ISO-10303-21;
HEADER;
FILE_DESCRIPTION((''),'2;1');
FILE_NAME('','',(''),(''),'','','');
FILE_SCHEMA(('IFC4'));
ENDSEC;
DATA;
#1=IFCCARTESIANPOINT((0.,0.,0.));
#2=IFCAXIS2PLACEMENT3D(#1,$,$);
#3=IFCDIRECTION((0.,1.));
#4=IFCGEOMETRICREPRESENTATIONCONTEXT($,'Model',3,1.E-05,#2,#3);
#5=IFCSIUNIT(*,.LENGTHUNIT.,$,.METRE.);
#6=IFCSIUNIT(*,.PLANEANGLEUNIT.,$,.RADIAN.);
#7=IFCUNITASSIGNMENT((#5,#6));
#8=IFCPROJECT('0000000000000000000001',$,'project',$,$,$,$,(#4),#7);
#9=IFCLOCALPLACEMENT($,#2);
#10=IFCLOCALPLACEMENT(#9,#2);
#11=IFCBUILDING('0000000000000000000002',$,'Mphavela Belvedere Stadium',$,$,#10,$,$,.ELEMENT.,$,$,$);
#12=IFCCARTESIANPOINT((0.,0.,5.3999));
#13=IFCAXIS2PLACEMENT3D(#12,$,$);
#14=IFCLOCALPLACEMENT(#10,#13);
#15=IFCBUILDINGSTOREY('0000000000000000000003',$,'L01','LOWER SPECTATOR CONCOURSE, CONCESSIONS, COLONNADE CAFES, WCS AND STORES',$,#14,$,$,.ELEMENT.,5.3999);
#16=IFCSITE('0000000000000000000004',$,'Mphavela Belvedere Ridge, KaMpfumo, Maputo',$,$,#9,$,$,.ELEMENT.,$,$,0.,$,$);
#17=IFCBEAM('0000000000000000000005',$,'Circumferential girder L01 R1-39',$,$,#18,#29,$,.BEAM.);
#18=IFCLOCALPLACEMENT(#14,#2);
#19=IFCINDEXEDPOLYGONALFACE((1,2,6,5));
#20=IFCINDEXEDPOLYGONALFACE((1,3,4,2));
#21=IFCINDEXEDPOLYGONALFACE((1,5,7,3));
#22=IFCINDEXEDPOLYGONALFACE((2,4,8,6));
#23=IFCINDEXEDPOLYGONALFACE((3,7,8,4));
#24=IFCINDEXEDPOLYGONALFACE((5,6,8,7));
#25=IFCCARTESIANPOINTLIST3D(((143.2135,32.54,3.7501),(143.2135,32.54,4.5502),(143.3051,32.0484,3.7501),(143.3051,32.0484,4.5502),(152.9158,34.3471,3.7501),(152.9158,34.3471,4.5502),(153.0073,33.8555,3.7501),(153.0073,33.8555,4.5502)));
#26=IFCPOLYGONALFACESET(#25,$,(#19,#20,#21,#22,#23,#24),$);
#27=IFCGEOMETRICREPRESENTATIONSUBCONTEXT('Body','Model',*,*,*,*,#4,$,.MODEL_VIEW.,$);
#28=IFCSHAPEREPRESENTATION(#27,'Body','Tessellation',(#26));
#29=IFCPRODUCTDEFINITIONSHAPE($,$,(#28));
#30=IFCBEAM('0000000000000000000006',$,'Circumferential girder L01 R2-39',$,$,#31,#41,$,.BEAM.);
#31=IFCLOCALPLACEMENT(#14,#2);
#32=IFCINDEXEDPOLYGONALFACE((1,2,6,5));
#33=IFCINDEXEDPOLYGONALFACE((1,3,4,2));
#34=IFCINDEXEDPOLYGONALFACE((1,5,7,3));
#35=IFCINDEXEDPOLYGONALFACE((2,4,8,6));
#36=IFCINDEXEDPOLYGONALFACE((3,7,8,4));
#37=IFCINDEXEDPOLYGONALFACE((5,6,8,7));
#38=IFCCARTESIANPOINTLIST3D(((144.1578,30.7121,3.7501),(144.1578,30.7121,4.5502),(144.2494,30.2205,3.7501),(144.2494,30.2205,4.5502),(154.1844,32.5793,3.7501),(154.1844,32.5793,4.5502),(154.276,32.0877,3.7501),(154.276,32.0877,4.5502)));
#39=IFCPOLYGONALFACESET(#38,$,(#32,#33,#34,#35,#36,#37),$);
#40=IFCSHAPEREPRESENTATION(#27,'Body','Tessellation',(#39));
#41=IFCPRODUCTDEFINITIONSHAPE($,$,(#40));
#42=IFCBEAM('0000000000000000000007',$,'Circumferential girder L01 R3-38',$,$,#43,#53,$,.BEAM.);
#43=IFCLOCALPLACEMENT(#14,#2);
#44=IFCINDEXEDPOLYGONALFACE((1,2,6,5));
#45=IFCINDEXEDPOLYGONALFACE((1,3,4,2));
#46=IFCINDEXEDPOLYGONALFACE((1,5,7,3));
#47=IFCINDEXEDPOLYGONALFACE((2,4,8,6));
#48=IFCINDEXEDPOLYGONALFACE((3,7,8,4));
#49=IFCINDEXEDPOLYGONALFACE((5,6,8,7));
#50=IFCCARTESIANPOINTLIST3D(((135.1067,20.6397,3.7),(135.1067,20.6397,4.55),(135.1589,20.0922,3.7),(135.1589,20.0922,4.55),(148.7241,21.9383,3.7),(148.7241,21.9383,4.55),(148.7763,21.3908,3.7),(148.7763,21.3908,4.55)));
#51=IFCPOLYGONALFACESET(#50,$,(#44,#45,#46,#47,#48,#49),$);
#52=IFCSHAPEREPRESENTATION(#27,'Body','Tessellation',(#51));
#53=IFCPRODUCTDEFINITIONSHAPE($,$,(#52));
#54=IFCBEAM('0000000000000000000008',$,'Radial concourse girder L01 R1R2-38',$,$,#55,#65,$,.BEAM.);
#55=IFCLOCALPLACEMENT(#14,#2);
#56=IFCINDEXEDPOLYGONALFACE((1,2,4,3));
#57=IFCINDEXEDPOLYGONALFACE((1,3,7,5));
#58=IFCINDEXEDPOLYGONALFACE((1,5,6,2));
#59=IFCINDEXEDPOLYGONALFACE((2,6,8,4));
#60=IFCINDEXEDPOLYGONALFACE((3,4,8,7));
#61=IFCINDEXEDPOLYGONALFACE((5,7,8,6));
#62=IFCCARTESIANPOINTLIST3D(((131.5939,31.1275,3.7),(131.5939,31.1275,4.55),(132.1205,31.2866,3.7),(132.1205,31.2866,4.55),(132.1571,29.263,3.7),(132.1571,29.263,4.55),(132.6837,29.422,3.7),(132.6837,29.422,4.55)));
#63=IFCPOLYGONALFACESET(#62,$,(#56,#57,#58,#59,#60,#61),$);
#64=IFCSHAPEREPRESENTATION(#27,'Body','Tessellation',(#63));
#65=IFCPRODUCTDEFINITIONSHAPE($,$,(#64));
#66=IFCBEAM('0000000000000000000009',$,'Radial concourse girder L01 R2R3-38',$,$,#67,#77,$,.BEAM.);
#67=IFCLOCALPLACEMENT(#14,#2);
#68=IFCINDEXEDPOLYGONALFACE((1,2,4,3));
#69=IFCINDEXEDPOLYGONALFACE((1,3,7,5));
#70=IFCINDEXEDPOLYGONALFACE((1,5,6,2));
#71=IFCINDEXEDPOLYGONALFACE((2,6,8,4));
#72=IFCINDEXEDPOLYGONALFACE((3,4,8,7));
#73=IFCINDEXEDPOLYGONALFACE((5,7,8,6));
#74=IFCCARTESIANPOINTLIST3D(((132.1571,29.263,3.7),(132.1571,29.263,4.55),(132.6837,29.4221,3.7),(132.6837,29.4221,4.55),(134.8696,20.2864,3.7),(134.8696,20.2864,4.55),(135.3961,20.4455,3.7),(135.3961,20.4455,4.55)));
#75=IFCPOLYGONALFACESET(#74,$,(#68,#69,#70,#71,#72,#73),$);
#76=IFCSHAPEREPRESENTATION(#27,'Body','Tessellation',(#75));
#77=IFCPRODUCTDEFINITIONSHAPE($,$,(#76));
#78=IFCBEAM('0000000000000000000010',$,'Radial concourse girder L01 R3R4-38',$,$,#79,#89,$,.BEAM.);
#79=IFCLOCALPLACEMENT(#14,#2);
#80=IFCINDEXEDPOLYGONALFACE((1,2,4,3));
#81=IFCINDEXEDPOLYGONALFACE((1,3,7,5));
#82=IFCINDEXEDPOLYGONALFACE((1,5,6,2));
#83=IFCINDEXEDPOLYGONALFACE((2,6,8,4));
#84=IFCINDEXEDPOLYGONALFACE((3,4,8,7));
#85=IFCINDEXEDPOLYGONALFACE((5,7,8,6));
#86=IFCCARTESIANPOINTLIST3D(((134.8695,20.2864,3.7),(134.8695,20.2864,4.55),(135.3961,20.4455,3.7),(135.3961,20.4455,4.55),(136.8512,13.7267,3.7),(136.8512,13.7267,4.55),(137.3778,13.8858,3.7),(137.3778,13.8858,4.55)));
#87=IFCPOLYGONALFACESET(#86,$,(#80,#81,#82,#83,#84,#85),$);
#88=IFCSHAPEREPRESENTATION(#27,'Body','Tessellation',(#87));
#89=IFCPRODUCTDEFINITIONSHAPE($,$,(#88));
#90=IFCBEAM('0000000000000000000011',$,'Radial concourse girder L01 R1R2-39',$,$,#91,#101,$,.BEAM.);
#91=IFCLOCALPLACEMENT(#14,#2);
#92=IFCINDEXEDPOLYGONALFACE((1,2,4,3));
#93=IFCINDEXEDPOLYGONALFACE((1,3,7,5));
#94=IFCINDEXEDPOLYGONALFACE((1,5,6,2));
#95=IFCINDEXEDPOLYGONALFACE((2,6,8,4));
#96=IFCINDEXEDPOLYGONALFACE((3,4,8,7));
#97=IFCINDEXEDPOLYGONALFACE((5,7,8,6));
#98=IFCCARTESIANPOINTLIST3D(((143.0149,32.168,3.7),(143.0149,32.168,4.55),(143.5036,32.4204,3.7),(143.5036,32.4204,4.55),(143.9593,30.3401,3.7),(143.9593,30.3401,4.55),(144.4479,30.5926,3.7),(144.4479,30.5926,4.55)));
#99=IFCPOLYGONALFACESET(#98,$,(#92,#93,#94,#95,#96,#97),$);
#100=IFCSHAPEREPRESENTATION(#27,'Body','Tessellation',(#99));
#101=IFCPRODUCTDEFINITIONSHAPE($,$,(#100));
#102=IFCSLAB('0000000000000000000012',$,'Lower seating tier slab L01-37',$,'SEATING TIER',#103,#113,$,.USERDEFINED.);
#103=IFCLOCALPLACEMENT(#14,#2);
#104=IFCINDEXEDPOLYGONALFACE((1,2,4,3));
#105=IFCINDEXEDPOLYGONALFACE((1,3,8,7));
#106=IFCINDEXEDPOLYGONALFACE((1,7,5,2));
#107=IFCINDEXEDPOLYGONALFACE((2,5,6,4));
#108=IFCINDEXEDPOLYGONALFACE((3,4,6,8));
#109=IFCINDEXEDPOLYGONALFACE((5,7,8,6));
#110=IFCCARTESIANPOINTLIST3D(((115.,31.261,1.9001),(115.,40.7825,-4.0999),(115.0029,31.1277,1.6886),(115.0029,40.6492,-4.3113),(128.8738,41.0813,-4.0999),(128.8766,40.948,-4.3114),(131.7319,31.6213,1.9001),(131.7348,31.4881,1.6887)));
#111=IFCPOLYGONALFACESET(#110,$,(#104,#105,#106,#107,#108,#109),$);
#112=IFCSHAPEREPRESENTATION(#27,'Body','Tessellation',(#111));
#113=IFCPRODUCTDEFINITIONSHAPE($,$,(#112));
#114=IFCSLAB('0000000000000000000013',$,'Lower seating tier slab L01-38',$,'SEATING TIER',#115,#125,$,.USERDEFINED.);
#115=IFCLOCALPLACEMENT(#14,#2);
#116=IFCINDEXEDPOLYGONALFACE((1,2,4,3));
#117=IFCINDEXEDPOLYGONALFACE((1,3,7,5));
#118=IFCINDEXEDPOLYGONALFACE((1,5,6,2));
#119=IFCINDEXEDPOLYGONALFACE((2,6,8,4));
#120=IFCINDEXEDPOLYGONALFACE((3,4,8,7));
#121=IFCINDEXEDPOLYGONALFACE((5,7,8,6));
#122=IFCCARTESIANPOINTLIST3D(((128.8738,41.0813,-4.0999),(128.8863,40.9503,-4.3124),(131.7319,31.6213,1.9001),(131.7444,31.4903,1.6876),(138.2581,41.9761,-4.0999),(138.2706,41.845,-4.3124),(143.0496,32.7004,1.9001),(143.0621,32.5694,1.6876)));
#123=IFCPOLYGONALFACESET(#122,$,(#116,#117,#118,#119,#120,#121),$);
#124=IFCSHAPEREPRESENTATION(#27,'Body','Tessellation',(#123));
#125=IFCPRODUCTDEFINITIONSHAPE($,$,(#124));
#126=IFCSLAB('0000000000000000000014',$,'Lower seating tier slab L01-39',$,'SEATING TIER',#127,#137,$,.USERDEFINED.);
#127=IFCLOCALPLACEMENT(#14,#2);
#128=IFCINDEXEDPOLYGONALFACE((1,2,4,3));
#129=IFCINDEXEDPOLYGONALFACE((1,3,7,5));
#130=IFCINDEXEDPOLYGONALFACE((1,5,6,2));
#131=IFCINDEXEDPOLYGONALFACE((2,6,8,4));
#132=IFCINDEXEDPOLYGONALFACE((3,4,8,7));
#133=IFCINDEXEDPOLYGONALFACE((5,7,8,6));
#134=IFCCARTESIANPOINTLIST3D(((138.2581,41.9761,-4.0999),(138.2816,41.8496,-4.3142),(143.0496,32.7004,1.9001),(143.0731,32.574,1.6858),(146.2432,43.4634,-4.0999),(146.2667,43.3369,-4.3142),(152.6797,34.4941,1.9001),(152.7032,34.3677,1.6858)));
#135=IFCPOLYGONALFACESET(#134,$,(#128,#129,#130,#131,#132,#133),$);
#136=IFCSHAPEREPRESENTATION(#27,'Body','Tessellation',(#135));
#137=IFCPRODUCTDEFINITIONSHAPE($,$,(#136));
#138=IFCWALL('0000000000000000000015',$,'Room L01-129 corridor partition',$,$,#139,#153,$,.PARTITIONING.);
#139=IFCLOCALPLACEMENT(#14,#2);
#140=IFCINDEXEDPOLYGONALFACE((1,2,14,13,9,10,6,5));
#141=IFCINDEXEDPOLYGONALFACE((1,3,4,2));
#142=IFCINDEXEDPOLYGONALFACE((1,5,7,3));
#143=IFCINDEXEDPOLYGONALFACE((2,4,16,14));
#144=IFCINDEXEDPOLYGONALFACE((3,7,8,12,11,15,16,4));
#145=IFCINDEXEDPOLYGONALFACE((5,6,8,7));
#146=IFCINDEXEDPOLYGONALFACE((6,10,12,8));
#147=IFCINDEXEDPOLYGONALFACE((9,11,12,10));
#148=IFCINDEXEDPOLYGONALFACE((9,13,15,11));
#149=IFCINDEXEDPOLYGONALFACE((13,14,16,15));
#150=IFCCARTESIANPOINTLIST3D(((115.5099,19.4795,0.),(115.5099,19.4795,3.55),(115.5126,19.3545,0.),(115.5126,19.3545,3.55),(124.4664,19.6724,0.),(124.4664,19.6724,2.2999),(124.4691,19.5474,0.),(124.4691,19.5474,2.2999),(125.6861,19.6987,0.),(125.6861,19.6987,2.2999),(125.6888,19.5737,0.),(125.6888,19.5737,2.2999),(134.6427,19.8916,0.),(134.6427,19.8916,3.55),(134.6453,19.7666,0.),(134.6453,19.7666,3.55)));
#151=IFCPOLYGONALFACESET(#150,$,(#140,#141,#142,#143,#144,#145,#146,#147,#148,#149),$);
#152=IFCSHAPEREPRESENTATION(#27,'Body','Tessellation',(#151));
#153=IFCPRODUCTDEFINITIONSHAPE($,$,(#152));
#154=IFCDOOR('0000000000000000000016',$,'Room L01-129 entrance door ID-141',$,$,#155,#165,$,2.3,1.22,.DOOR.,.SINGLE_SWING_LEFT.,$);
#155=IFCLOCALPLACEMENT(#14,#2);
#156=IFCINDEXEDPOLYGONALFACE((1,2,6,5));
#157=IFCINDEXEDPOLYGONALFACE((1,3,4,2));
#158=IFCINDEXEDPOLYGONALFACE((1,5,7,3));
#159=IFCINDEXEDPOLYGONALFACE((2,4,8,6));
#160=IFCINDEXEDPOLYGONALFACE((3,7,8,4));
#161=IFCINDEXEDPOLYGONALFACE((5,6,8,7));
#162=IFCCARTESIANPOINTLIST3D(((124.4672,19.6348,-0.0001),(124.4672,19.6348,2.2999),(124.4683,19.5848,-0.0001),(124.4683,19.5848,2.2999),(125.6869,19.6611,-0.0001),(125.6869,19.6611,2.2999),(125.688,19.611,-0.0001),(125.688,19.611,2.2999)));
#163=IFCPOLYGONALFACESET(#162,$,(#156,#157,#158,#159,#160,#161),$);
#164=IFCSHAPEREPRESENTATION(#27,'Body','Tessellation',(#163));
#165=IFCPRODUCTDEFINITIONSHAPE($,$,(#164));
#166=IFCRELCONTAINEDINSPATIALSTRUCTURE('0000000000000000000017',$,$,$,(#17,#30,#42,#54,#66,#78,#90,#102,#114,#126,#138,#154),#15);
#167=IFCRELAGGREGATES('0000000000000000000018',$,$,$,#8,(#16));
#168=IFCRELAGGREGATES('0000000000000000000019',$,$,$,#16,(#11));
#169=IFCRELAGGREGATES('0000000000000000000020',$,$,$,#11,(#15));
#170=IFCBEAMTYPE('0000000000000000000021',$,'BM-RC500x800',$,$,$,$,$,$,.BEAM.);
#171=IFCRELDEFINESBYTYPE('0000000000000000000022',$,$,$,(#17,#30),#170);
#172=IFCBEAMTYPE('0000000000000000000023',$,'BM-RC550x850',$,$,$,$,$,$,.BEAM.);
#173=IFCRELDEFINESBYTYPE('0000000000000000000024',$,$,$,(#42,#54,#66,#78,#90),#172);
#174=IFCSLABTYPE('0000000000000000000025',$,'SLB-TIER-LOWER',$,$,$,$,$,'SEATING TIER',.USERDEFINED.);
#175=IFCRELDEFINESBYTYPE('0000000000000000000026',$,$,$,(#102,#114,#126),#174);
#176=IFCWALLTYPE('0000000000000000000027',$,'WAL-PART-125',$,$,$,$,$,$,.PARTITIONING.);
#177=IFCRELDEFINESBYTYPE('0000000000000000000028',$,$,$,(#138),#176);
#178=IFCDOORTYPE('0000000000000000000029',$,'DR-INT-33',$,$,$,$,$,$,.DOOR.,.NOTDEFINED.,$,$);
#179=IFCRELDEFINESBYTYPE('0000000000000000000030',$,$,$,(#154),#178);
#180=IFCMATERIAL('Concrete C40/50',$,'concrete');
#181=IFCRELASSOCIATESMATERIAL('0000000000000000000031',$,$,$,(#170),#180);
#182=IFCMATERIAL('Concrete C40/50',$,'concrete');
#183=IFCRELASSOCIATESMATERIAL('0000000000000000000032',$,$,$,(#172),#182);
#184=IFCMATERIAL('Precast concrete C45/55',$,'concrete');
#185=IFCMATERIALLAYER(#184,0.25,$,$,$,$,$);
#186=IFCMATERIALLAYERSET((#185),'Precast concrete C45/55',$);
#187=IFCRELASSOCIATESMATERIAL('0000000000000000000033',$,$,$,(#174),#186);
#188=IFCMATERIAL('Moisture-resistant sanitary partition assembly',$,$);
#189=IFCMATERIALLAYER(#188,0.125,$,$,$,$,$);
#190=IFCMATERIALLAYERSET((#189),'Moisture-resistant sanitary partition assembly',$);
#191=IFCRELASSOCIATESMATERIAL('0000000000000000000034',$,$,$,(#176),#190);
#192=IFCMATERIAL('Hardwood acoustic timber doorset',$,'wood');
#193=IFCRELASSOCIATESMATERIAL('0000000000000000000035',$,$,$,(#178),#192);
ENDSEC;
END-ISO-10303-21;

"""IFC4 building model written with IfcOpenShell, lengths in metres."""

from ifc_helpers import new_model, si_unit, direction, frame, frame_2d, origin, origin_2d, place, context, subcontext, project, spatial, polyline, rectangle, outline, extrude, material, layer, layer_set, material_profile, profile_set, type_object, element, fill, save


model = new_model("IFC4")

# Units and contexts
model_context = context("Model", 3, precision=1e-05, world=origin(), true_north=direction((0.0, 1.0)))
body_context = subcontext(model_context, "Body", "Model", "MODEL_VIEW")
ifc_project = project(units=[si_unit("LENGTHUNIT", "METRE"), si_unit("PLANEANGLEUNIT", "RADIAN")], contexts=[model_context])

# Site, building, storey
site_placement = place(None, origin())
site = spatial("IfcSite", under=ifc_project, at=site_placement, Name="Mphavela Belvedere Ridge, KaMpfumo, Maputo", CompositionType="ELEMENT", RefElevation=0.0)
building_placement = place(site_placement, origin())
building = spatial("IfcBuilding", under=site, at=building_placement, Name="Mphavela Belvedere Stadium", CompositionType="ELEMENT")
storey_placement = place(building_placement, frame((0.0, 0.0, 5.3999)))
storey = spatial("IfcBuildingStorey", under=building, at=storey_placement, Name="L01", Description="LOWER SPECTATOR CONCOURSE, CONCESSIONS, COLONNADE CAFES, WCS AND STORES", CompositionType="ELEMENT", Elevation=5.3999)

# Beams
ifc_material_1 = material(Name="Concrete C40/50", Category="concrete")
ifc_material_profile_1 = material_profile(ifc_material_1, rectangle(XDim=0.5, YDim=0.8, at=origin_2d()), Name="RC 500x800")
ifc_profile_set_1 = profile_set([ifc_material_profile_1], Name="Concrete C40/50")
beam_type_1 = type_object("IfcBeamType", Name="BM-RC500x800", PredefinedType="BEAM", material=ifc_profile_set_1)
beam_1_placement = place(storey_placement, frame((143.2593, 32.2942, 4.1501), z_axis=(0.983093, 0.183107, 0.0), x_axis=(-0.183107, 0.983093, 0.0)))
element("IfcBeam", 1, at=beam_1_placement, inside=storey, type_object=beam_type_1, Name="Circumferential girder L01 R1-39", PredefinedType="BEAM", context=body_context, shape_type="SweptSolid", body=[
    extrude(rectangle(XDim=0.5, YDim=0.8, at=origin_2d()), origin(), (0.0, 0.0, 1.0), 9.8691),
])
beam_2_placement = place(storey_placement, frame((144.2036, 30.4663, 4.1501), z_axis=(0.983099, 0.183076, 0.0), x_axis=(-0.183076, 0.983099, 0.0)))
element("IfcBeam", 2, at=beam_2_placement, inside=storey, type_object=beam_type_1, Name="Circumferential girder L01 R2-39", PredefinedType="BEAM", context=body_context, shape_type="SweptSolid", body=[
    extrude(rectangle(XDim=0.5, YDim=0.8, at=origin_2d()), origin(), (0.0, 0.0, 1.0), 10.199),
])
ifc_material_2 = material(Name="Concrete C40/50", Category="concrete")
ifc_material_profile_2 = material_profile(ifc_material_2, rectangle(XDim=0.55, YDim=0.8501, at=origin_2d()), Name="RC 550x850")
ifc_profile_set_2 = profile_set([ifc_material_profile_2], Name="Concrete C40/50")
beam_type_2 = type_object("IfcBeamType", Name="BM-RC550x850", PredefinedType="BEAM", material=ifc_profile_set_2)
beam_3_placement = place(storey_placement, frame((135.1328, 20.366, 4.125), z_axis=(0.995484, 0.094931, 0.0), x_axis=(-0.094931, 0.995484, 0.0)))
element("IfcBeam", 3, at=beam_3_placement, inside=storey, type_object=beam_type_2, Name="Circumferential girder L01 R3-38", PredefinedType="BEAM", context=body_context, shape_type="SweptSolid", body=[
    extrude(rectangle(XDim=0.55, YDim=0.8501, at=origin_2d()), origin(), (0.0, 0.0, 1.0), 13.6792),
])
beam_4_placement = place(storey_placement, frame((131.8572, 31.207, 4.125), z_axis=(0.289176, -0.957276, 0.0), x_axis=(0.957276, 0.289176, 0.0)))
element("IfcBeam", 4, at=beam_4_placement, inside=storey, type_object=beam_type_2, Name="Radial concourse girder L01 R1R2-38", PredefinedType="BEAM", context=body_context, shape_type="SweptSolid", body=[
    extrude(rectangle(XDim=0.55, YDim=0.8501, at=origin_2d()), origin(), (0.0, 0.0, 1.0), 1.9478),
])
beam_5_placement = place(storey_placement, frame((132.4204, 29.3425, 4.125), z_axis=(0.289249, -0.957254, 0.0), x_axis=(0.957254, 0.289249, 0.0)))
element("IfcBeam", 5, at=beam_5_placement, inside=storey, type_object=beam_type_2, Name="Radial concourse girder L01 R2R3-38", PredefinedType="BEAM", context=body_context, shape_type="SweptSolid", body=[
    extrude(rectangle(XDim=0.55, YDim=0.8501, at=origin_2d()), origin(), (0.0, 0.0, 1.0), 9.3774),
])
beam_6_placement = place(storey_placement, frame((135.1328, 20.366, 4.125), z_axis=(0.289188, -0.957272, 0.0), x_axis=(0.957272, 0.289188, 0.0)))
element("IfcBeam", 6, at=beam_6_placement, inside=storey, type_object=beam_type_2, Name="Radial concourse girder L01 R3R4-38", PredefinedType="BEAM", context=body_context, shape_type="SweptSolid", body=[
    extrude(rectangle(XDim=0.55, YDim=0.8501, at=origin_2d()), origin(), (0.0, 0.0, 1.0), 6.8525),
])
beam_7_placement = place(storey_placement, frame((143.2593, 32.2942, 4.125), z_axis=(0.458994, -0.88844, 0.0), x_axis=(0.88844, 0.458994, 0.0)))
element("IfcBeam", 7, at=beam_7_placement, inside=storey, type_object=beam_type_2, Name="Radial concourse girder L01 R1R2-39", PredefinedType="BEAM", context=body_context, shape_type="SweptSolid", body=[
    extrude(rectangle(XDim=0.55, YDim=0.8501, at=origin_2d()), origin(), (0.0, 0.0, 1.0), 2.0574),
])

# Slabs
ifc_material_3 = material(Name="Precast concrete C45/55", Category="concrete")
ifc_layer_1 = layer(ifc_material_3, 0.25)
ifc_layer_set_1 = layer_set([ifc_layer_1], Name="Precast concrete C45/55")
slab_type = type_object("IfcSlabType", Name="SLB-TIER-LOWER", ElementType="SEATING TIER", PredefinedType="USERDEFINED", material=ifc_layer_set_1)
slab_1_placement = place(storey_placement, frame((115.0, 40.7825, -4.0999), z_axis=(-0.011482, 0.533095, 0.845977), x_axis=(0.999768, 0.021534, -0.000001)))
element("IfcSlab", 8, at=slab_1_placement, inside=storey, type_object=slab_type, Name="Lower seating tier slab L01-37", ObjectType="SEATING TIER", PredefinedType="USERDEFINED", context=body_context, shape_type="SweptSolid", body=[
    extrude(outline(polyline([(0.0, 0.0), (13.877, 0.0), (16.5308, -11.2524), (-0.205, -11.2524), (0.0, 0.0)])), origin(), (0.0, 0.0, -1.0), 0.25),
])
slab_2_placement = place(storey_placement, frame((128.8738, 41.0813, -4.0999), z_axis=(-0.049974, 0.524125, 0.850174), x_axis=(0.995485, 0.094918, 0.0)))
element("IfcSlab", 9, at=slab_2_placement, inside=storey, type_object=slab_type, Name="Lower seating tier slab L01-38", ObjectType="SEATING TIER", PredefinedType="USERDEFINED", context=body_context, shape_type="SweptSolid", body=[
    extrude(outline(polyline([(0.0, 0.0), (9.4268, 0.0), (13.3163, -11.396), (1.9473, -11.396), (0.0, 0.0)])), origin(), (0.0, 0.0, -1.0), 0.25),
])
slab_3_placement = place(storey_placement, frame((138.2581, 41.9761, -4.0999), z_axis=(-0.094236, 0.505939, 0.857406), x_axis=(0.983092, 0.183111, 0.0)))
element("IfcSlab", 10, at=slab_3_placement, inside=storey, type_object=slab_type, Name="Lower seating tier slab L01-39", ObjectType="SEATING TIER", PredefinedType="USERDEFINED", context=body_context, shape_type="SweptSolid", body=[
    extrude(outline(polyline([(0.0, 0.0), (8.1224, 0.0), (12.8078, -11.6586), (3.012, -11.6586), (0.0, 0.0)])), origin(), (0.0, 0.0, -1.0), 0.25),
])

# Wall, opening, door
ifc_material_4 = material(Name="Moisture-resistant sanitary partition assembly")
ifc_layer_2 = layer(ifc_material_4, 0.125)
ifc_layer_set_2 = layer_set([ifc_layer_2], Name="Moisture-resistant sanitary partition assembly")
wall_type_1 = type_object("IfcWallType", Name="WAL-PART-125", PredefinedType="PARTITIONING", material=ifc_layer_set_2)
wall_1_placement = place(storey_placement, frame((115.5112, 19.417, 0.0), z_axis=(0.0, 0.0, 1.0), x_axis=(0.999768, 0.021534, 0.0)))
wall_1 = element("IfcWall", 11, at=wall_1_placement, inside=storey, type_object=wall_type_1, Name="Room L01-129 corridor partition", PredefinedType="PARTITIONING", context=body_context, shape_type="SweptSolid", body=[
    extrude(rectangle(XDim=19.1372, YDim=0.125, at=frame_2d((9.5686, 0.0))), origin(), (0.0, 0.0, 1.0), 3.55),
])
opening_1_placement = place(wall_1_placement, frame((8.9587, 0.0, 0.0)))
opening_1 = element("IfcOpeningElement", 12, at=opening_1_placement, cuts=wall_1, PredefinedType="OPENING", context=body_context, shape_type="SweptSolid", body=[
    extrude(rectangle(XDim=1.22, YDim=2.3, at=frame_2d((0.6099, 1.1499))), frame((0.0, 0.0725, 0.0), z_axis=(0.0, -1.0, 0.0), x_axis=(1.0, 0.0, 0.0)), (0.0, 0.0, 1.0), 0.145),
])
ifc_material_5 = material(Name="Hardwood acoustic timber doorset", Category="wood")
door_type_1 = type_object("IfcDoorType", Name="DR-INT-33", OperationType="NOTDEFINED", PredefinedType="DOOR", material=ifc_material_5)
door_1_placement = place(opening_1_placement, origin())
door_1 = element("IfcDoor", 13, at=door_1_placement, inside=storey, type_object=door_type_1, Name="Room L01-129 entrance door ID-141", OperationType="SINGLE_SWING_LEFT", OverallHeight=2.3, OverallWidth=1.22, PredefinedType="DOOR", context=body_context, shape_type="SweptSolid", body=[
    extrude(rectangle(XDim=1.22, YDim=2.3, at=frame_2d((0.6099, 1.1499))), frame((0.0, 0.0249, 0.0), z_axis=(0.0, -1.0, 0.0), x_axis=(1.0, 0.0, 0.0)), (0.0, 0.0, 1.0), 0.05),
])
fill(opening_1, door_1)

save(model, "model.ifc")
